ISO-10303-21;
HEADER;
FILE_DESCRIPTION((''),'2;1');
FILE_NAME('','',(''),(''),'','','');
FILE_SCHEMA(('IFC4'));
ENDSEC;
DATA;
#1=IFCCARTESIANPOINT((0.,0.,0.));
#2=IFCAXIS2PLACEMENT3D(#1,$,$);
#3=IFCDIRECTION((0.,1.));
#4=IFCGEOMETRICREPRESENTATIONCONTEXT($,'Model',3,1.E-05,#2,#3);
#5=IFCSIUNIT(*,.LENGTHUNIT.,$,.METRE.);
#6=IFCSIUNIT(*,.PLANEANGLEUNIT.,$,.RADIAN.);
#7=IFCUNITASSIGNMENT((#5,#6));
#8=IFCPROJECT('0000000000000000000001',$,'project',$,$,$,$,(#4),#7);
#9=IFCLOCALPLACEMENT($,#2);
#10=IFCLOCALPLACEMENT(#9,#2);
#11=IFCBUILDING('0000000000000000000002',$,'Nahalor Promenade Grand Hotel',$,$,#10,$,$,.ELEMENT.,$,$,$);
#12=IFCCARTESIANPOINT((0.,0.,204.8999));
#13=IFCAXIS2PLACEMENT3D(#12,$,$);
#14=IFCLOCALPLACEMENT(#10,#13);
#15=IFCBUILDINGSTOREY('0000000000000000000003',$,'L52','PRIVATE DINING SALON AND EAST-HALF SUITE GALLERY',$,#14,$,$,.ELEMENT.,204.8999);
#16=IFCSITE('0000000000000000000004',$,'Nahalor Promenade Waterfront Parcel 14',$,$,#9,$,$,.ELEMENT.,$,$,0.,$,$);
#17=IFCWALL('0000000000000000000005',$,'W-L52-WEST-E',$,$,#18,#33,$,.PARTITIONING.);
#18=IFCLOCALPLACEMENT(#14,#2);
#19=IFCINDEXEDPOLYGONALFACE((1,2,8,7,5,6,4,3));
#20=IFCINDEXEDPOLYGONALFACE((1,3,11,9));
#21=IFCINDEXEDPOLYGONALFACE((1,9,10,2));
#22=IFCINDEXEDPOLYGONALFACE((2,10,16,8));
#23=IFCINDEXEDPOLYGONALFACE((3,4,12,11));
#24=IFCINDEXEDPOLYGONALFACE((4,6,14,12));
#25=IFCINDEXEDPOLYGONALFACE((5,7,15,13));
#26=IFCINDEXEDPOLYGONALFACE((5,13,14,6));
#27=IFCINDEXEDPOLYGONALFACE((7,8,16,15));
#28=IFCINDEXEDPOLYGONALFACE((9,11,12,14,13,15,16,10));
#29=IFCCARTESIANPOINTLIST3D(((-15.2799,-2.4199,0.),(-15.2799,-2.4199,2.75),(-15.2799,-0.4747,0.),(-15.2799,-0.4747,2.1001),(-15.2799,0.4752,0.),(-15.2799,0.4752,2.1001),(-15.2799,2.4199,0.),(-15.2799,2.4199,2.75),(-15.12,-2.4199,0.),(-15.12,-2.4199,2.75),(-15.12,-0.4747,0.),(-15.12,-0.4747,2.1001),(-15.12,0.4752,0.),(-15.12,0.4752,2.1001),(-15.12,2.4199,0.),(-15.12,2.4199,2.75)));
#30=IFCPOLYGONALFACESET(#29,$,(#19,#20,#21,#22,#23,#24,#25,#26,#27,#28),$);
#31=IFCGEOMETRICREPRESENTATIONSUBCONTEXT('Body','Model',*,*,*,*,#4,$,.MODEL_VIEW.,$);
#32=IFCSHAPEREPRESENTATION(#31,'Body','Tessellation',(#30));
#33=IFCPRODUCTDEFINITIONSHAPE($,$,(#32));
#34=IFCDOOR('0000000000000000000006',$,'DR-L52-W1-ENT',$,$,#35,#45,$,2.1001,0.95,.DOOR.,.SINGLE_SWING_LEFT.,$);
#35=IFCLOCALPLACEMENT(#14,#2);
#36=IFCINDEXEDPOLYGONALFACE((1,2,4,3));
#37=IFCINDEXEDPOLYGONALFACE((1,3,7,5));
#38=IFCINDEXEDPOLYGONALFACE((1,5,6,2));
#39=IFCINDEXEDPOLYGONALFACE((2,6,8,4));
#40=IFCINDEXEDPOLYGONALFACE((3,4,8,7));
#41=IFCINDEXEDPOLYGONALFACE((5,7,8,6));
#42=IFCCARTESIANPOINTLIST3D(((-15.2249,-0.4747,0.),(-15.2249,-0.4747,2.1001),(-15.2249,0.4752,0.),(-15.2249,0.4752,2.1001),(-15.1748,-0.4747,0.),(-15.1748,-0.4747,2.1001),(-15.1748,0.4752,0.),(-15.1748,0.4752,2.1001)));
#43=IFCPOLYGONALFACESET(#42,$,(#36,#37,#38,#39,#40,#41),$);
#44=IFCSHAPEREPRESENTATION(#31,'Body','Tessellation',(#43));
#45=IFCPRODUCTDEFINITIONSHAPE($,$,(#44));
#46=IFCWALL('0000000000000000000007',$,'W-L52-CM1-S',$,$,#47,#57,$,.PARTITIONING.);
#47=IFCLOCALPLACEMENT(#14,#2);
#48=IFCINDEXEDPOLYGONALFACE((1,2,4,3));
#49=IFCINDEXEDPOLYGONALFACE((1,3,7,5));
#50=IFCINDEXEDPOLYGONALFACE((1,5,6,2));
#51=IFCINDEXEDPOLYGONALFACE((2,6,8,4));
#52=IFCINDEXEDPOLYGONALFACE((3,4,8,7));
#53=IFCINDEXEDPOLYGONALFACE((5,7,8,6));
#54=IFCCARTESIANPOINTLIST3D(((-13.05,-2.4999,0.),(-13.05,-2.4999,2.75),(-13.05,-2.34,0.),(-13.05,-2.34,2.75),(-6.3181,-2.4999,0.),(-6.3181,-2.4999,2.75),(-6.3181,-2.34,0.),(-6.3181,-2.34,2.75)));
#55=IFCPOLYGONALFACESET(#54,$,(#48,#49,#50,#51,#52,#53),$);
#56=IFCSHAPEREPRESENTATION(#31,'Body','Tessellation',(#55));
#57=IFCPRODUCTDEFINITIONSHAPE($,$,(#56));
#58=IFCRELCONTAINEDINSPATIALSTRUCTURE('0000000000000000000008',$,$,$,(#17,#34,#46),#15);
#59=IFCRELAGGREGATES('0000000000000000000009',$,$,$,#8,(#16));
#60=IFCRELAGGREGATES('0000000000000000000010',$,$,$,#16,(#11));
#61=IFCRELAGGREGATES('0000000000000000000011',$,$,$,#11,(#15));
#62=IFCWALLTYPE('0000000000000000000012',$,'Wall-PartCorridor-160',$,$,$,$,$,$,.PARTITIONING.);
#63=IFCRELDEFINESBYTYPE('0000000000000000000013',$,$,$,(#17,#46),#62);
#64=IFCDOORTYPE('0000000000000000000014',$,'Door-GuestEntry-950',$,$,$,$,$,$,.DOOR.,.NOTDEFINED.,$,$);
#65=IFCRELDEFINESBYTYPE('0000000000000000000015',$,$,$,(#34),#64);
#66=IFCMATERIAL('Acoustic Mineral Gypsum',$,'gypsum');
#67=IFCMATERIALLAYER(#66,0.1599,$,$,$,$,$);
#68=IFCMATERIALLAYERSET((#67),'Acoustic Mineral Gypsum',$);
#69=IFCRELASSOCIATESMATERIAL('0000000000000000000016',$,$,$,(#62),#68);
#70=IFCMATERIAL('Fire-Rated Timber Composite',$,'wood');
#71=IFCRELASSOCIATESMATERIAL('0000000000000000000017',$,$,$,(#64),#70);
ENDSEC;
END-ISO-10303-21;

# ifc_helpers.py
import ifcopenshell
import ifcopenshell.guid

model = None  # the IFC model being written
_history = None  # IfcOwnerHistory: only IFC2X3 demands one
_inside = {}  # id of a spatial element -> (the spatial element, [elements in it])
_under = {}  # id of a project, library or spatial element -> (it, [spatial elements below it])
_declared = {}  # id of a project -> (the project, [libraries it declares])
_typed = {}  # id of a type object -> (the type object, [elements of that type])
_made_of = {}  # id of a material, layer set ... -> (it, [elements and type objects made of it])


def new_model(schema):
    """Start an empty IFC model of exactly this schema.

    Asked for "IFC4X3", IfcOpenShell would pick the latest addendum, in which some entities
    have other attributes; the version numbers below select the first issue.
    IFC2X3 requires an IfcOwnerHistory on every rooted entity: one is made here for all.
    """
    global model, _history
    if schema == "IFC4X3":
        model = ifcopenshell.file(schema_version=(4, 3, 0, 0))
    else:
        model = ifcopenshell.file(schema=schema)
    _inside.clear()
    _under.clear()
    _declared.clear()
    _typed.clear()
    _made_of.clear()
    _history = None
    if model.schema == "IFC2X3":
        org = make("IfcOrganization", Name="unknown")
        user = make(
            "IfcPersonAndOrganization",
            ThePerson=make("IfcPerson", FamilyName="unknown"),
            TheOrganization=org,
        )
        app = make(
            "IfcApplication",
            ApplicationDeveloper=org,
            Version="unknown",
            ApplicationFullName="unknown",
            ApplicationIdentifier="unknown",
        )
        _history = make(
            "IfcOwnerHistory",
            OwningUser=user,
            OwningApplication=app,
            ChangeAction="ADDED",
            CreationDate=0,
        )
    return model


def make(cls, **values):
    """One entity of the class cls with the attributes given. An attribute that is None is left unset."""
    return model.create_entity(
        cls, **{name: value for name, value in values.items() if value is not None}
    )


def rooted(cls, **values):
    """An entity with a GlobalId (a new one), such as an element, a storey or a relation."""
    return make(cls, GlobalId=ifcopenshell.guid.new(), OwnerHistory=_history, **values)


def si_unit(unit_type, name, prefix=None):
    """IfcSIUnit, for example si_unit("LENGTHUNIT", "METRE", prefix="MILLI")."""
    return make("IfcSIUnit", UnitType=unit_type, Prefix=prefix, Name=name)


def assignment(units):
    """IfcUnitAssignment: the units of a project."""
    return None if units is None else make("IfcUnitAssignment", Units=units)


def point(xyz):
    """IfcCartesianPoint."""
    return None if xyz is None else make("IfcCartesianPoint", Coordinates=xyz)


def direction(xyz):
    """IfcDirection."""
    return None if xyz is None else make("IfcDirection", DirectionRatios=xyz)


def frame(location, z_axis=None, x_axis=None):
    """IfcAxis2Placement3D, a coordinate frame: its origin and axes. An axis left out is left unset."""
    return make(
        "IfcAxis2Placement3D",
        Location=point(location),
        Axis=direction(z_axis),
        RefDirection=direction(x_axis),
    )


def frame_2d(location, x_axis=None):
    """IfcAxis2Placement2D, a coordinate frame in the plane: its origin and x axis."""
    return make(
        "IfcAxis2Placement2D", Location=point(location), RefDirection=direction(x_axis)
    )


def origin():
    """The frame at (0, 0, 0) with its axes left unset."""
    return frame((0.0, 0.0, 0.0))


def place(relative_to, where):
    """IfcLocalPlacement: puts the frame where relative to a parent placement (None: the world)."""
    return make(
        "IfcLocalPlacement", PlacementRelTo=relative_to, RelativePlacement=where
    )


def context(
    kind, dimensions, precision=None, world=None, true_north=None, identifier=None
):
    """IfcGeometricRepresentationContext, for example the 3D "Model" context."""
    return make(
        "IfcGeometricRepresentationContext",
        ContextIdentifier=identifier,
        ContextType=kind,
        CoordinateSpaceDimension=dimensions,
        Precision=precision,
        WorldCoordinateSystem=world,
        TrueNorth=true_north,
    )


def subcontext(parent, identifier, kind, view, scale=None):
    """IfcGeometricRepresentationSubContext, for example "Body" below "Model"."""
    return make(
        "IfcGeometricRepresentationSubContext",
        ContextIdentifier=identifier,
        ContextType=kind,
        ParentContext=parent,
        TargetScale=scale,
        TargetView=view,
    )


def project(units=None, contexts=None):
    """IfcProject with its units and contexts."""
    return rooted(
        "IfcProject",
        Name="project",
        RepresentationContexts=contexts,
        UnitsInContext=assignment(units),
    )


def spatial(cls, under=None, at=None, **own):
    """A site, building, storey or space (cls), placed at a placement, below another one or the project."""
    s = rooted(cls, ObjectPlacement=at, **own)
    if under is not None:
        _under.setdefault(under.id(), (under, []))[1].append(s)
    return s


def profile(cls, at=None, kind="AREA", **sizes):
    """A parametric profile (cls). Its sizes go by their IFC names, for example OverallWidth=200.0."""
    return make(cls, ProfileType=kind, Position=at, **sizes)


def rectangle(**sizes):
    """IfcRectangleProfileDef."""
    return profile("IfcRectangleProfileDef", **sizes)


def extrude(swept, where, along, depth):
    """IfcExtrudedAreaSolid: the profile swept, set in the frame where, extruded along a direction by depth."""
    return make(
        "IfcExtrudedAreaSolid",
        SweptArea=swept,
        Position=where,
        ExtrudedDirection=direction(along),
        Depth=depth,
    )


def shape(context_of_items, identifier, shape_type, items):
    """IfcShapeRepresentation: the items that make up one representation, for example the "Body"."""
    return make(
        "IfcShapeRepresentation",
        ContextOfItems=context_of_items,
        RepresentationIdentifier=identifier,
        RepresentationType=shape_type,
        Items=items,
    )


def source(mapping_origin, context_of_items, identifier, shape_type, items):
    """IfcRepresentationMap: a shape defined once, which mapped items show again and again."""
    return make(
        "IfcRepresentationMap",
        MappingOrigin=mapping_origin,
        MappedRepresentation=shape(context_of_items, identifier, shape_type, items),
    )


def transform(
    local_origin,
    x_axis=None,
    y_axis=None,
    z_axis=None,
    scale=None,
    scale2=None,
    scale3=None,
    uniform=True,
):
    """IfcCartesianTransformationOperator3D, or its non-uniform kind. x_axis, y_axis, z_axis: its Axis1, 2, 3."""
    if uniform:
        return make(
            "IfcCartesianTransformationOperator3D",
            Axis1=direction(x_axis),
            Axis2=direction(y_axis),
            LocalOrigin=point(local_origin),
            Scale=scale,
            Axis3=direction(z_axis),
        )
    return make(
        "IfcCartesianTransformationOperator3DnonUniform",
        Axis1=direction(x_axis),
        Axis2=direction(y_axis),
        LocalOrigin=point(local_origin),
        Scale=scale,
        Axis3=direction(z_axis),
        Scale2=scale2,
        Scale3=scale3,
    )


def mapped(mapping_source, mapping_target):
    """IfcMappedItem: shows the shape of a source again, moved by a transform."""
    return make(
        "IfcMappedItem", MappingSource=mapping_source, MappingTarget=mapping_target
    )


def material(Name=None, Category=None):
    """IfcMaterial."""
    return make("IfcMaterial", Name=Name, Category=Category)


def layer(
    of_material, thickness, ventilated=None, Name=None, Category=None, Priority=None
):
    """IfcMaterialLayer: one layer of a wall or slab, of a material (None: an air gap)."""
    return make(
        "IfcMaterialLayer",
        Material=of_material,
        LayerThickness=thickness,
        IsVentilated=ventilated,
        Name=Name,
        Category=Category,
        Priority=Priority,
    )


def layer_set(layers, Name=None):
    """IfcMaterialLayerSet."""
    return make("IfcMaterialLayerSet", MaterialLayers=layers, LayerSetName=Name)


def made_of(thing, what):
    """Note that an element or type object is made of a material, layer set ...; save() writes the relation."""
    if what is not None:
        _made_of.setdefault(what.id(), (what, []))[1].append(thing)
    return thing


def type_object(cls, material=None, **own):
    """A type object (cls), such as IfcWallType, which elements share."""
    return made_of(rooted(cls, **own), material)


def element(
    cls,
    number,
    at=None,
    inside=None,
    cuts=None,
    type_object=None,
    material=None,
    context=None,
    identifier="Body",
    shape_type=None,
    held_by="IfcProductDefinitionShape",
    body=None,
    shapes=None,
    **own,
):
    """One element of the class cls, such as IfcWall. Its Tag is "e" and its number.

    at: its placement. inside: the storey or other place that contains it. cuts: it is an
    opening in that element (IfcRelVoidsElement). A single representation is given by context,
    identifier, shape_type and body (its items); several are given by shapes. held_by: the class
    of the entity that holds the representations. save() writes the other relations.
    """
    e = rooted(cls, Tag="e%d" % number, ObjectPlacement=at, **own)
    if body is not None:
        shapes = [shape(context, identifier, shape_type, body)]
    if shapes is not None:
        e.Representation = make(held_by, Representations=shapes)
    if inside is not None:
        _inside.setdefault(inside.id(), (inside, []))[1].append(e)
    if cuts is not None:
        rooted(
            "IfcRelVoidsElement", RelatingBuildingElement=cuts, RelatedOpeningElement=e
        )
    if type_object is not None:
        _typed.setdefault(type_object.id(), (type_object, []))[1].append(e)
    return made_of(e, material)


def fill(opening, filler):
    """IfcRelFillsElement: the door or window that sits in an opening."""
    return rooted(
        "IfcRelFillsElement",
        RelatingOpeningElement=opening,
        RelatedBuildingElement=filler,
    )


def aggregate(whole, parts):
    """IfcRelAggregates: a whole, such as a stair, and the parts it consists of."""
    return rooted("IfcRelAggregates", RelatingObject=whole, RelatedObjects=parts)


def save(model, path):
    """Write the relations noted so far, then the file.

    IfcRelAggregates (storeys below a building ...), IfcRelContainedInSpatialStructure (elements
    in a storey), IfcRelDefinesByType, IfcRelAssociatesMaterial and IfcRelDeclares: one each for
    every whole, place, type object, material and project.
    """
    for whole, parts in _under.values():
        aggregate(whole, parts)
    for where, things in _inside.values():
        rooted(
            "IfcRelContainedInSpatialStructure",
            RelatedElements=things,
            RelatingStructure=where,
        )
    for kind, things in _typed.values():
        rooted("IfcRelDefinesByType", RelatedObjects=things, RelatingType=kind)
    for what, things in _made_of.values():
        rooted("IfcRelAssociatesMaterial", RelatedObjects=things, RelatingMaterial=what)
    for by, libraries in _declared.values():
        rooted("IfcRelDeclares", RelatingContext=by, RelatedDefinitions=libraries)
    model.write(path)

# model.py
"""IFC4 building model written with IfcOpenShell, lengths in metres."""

from ifc_helpers import new_model, si_unit, direction, frame, frame_2d, origin, place, context, subcontext, project, spatial, rectangle, extrude, source, transform, mapped, material, layer, layer_set, type_object, element, fill, save


model = new_model("IFC4")

# Units and contexts
model_context = context("Model", 3, precision=1e-05, world=origin(), true_north=direction((0.0, 1.0)))
body_context = subcontext(model_context, "Body", "Model", "MODEL_VIEW")
ifc_project = project(units=[si_unit("LENGTHUNIT", "METRE"), si_unit("PLANEANGLEUNIT", "RADIAN")], contexts=[model_context])

# Site, building, storey
site_placement = place(None, origin())
site = spatial("IfcSite", under=ifc_project, at=site_placement, Name="Nahalor Promenade Waterfront Parcel 14", CompositionType="ELEMENT", RefElevation=0.0)
building_placement = place(site_placement, origin())
building = spatial("IfcBuilding", under=site, at=building_placement, Name="Nahalor Promenade Grand Hotel", CompositionType="ELEMENT")
storey_placement = place(building_placement, frame((0.0, 0.0, 204.8999)))
storey = spatial("IfcBuildingStorey", under=building, at=storey_placement, Name="L52", Description="PRIVATE DINING SALON AND EAST-HALF SUITE GALLERY", CompositionType="ELEMENT", Elevation=204.8999)

# Shared definitions
ifc_material_1 = material(Name="Acoustic Mineral Gypsum", Category="gypsum")

# Shared definitions
ifc_layer_1 = layer(ifc_material_1, 0.1599)
ifc_layer_set_1 = layer_set([ifc_layer_1], Name="Acoustic Mineral Gypsum")
wall_type_1 = type_object("IfcWallType", Name="Wall-PartCorridor-160", PredefinedType="PARTITIONING", material=ifc_layer_set_1)
ifc_material_2 = material(Name="Fire-Rated Timber Composite", Category="wood")
door_type = type_object("IfcDoorType", Name="Door-GuestEntry-950", OperationType="NOTDEFINED", PredefinedType="DOOR", material=ifc_material_2)
shared_shape_1 = source(origin(), body_context, "Body", "SweptSolid", [
    extrude(rectangle(XDim=0.95, YDim=2.1001, at=frame_2d((0.4751, 1.05))), frame((0.0, 0.0249, 0.0), z_axis=(0.0, -1.0, 0.0), x_axis=(1.0, 0.0, 0.0)), (0.0, 0.0, 1.0), 0.05),
])

# Wall, opening, door
shared_shape_2 = source(origin(), body_context, "Body", "SweptSolid", [
    extrude(rectangle(XDim=4.8398, YDim=0.1599, at=frame_2d((2.4199, 0.0))), origin(), (0.0, 0.0, 1.0), 2.75),
])
wall_1_placement = place(storey_placement, frame((-15.2, -2.4199, 0.0), z_axis=(0.0, 0.0, 1.0), x_axis=(0.0, 1.0, 0.0)))
wall_1 = element("IfcWall", 1, at=wall_1_placement, inside=storey, type_object=wall_type_1, Name="W-L52-WEST-E", PredefinedType="PARTITIONING", context=body_context, shape_type="MappedRepresentation", body=[
    mapped(shared_shape_2, transform((0.0, 0.0, 0.0), scale=1.0)),
])
opening_1_placement = place(wall_1_placement, frame((1.9451, 0.0, 0.0)))
opening_1 = element("IfcOpeningElement", 2, at=opening_1_placement, cuts=wall_1, PredefinedType="OPENING", context=body_context, shape_type="SweptSolid", body=[
    extrude(rectangle(XDim=0.95, YDim=2.1001, at=frame_2d((0.4751, 1.05))), frame((0.0, 0.0898, 0.0), z_axis=(0.0, -1.0, 0.0), x_axis=(1.0, 0.0, 0.0)), (0.0, 0.0, 1.0), 0.1799),
])
door_1_placement = place(opening_1_placement, origin())
door_1 = element("IfcDoor", 3, at=door_1_placement, inside=storey, type_object=door_type, Name="DR-L52-W1-ENT", OperationType="SINGLE_SWING_LEFT", OverallHeight=2.1001, OverallWidth=0.95, PredefinedType="DOOR", context=body_context, shape_type="MappedRepresentation", body=[
    mapped(shared_shape_1, transform((0.0, 0.0, 0.0), scale=1.0)),
])
fill(opening_1, door_1)

# Wall
shared_shape_3 = source(origin(), body_context, "Body", "SweptSolid", [
    extrude(rectangle(XDim=6.7319, YDim=0.1599, at=frame_2d((3.366, 0.0))), origin(), (0.0, 0.0, 1.0), 2.75),
])
wall_2_placement = place(storey_placement, frame((-13.05, -2.4199, 0.0), z_axis=(0.0, 0.0, 1.0), x_axis=(1.0, 0.0, 0.0)))
element("IfcWall", 4, at=wall_2_placement, inside=storey, type_object=wall_type_1, Name="W-L52-CM1-S", PredefinedType="PARTITIONING", context=body_context, shape_type="MappedRepresentation", body=[
    mapped(shared_shape_3, transform((0.0, 0.0, 0.0), scale=1.0)),
])

save(model, "model.ifc")
